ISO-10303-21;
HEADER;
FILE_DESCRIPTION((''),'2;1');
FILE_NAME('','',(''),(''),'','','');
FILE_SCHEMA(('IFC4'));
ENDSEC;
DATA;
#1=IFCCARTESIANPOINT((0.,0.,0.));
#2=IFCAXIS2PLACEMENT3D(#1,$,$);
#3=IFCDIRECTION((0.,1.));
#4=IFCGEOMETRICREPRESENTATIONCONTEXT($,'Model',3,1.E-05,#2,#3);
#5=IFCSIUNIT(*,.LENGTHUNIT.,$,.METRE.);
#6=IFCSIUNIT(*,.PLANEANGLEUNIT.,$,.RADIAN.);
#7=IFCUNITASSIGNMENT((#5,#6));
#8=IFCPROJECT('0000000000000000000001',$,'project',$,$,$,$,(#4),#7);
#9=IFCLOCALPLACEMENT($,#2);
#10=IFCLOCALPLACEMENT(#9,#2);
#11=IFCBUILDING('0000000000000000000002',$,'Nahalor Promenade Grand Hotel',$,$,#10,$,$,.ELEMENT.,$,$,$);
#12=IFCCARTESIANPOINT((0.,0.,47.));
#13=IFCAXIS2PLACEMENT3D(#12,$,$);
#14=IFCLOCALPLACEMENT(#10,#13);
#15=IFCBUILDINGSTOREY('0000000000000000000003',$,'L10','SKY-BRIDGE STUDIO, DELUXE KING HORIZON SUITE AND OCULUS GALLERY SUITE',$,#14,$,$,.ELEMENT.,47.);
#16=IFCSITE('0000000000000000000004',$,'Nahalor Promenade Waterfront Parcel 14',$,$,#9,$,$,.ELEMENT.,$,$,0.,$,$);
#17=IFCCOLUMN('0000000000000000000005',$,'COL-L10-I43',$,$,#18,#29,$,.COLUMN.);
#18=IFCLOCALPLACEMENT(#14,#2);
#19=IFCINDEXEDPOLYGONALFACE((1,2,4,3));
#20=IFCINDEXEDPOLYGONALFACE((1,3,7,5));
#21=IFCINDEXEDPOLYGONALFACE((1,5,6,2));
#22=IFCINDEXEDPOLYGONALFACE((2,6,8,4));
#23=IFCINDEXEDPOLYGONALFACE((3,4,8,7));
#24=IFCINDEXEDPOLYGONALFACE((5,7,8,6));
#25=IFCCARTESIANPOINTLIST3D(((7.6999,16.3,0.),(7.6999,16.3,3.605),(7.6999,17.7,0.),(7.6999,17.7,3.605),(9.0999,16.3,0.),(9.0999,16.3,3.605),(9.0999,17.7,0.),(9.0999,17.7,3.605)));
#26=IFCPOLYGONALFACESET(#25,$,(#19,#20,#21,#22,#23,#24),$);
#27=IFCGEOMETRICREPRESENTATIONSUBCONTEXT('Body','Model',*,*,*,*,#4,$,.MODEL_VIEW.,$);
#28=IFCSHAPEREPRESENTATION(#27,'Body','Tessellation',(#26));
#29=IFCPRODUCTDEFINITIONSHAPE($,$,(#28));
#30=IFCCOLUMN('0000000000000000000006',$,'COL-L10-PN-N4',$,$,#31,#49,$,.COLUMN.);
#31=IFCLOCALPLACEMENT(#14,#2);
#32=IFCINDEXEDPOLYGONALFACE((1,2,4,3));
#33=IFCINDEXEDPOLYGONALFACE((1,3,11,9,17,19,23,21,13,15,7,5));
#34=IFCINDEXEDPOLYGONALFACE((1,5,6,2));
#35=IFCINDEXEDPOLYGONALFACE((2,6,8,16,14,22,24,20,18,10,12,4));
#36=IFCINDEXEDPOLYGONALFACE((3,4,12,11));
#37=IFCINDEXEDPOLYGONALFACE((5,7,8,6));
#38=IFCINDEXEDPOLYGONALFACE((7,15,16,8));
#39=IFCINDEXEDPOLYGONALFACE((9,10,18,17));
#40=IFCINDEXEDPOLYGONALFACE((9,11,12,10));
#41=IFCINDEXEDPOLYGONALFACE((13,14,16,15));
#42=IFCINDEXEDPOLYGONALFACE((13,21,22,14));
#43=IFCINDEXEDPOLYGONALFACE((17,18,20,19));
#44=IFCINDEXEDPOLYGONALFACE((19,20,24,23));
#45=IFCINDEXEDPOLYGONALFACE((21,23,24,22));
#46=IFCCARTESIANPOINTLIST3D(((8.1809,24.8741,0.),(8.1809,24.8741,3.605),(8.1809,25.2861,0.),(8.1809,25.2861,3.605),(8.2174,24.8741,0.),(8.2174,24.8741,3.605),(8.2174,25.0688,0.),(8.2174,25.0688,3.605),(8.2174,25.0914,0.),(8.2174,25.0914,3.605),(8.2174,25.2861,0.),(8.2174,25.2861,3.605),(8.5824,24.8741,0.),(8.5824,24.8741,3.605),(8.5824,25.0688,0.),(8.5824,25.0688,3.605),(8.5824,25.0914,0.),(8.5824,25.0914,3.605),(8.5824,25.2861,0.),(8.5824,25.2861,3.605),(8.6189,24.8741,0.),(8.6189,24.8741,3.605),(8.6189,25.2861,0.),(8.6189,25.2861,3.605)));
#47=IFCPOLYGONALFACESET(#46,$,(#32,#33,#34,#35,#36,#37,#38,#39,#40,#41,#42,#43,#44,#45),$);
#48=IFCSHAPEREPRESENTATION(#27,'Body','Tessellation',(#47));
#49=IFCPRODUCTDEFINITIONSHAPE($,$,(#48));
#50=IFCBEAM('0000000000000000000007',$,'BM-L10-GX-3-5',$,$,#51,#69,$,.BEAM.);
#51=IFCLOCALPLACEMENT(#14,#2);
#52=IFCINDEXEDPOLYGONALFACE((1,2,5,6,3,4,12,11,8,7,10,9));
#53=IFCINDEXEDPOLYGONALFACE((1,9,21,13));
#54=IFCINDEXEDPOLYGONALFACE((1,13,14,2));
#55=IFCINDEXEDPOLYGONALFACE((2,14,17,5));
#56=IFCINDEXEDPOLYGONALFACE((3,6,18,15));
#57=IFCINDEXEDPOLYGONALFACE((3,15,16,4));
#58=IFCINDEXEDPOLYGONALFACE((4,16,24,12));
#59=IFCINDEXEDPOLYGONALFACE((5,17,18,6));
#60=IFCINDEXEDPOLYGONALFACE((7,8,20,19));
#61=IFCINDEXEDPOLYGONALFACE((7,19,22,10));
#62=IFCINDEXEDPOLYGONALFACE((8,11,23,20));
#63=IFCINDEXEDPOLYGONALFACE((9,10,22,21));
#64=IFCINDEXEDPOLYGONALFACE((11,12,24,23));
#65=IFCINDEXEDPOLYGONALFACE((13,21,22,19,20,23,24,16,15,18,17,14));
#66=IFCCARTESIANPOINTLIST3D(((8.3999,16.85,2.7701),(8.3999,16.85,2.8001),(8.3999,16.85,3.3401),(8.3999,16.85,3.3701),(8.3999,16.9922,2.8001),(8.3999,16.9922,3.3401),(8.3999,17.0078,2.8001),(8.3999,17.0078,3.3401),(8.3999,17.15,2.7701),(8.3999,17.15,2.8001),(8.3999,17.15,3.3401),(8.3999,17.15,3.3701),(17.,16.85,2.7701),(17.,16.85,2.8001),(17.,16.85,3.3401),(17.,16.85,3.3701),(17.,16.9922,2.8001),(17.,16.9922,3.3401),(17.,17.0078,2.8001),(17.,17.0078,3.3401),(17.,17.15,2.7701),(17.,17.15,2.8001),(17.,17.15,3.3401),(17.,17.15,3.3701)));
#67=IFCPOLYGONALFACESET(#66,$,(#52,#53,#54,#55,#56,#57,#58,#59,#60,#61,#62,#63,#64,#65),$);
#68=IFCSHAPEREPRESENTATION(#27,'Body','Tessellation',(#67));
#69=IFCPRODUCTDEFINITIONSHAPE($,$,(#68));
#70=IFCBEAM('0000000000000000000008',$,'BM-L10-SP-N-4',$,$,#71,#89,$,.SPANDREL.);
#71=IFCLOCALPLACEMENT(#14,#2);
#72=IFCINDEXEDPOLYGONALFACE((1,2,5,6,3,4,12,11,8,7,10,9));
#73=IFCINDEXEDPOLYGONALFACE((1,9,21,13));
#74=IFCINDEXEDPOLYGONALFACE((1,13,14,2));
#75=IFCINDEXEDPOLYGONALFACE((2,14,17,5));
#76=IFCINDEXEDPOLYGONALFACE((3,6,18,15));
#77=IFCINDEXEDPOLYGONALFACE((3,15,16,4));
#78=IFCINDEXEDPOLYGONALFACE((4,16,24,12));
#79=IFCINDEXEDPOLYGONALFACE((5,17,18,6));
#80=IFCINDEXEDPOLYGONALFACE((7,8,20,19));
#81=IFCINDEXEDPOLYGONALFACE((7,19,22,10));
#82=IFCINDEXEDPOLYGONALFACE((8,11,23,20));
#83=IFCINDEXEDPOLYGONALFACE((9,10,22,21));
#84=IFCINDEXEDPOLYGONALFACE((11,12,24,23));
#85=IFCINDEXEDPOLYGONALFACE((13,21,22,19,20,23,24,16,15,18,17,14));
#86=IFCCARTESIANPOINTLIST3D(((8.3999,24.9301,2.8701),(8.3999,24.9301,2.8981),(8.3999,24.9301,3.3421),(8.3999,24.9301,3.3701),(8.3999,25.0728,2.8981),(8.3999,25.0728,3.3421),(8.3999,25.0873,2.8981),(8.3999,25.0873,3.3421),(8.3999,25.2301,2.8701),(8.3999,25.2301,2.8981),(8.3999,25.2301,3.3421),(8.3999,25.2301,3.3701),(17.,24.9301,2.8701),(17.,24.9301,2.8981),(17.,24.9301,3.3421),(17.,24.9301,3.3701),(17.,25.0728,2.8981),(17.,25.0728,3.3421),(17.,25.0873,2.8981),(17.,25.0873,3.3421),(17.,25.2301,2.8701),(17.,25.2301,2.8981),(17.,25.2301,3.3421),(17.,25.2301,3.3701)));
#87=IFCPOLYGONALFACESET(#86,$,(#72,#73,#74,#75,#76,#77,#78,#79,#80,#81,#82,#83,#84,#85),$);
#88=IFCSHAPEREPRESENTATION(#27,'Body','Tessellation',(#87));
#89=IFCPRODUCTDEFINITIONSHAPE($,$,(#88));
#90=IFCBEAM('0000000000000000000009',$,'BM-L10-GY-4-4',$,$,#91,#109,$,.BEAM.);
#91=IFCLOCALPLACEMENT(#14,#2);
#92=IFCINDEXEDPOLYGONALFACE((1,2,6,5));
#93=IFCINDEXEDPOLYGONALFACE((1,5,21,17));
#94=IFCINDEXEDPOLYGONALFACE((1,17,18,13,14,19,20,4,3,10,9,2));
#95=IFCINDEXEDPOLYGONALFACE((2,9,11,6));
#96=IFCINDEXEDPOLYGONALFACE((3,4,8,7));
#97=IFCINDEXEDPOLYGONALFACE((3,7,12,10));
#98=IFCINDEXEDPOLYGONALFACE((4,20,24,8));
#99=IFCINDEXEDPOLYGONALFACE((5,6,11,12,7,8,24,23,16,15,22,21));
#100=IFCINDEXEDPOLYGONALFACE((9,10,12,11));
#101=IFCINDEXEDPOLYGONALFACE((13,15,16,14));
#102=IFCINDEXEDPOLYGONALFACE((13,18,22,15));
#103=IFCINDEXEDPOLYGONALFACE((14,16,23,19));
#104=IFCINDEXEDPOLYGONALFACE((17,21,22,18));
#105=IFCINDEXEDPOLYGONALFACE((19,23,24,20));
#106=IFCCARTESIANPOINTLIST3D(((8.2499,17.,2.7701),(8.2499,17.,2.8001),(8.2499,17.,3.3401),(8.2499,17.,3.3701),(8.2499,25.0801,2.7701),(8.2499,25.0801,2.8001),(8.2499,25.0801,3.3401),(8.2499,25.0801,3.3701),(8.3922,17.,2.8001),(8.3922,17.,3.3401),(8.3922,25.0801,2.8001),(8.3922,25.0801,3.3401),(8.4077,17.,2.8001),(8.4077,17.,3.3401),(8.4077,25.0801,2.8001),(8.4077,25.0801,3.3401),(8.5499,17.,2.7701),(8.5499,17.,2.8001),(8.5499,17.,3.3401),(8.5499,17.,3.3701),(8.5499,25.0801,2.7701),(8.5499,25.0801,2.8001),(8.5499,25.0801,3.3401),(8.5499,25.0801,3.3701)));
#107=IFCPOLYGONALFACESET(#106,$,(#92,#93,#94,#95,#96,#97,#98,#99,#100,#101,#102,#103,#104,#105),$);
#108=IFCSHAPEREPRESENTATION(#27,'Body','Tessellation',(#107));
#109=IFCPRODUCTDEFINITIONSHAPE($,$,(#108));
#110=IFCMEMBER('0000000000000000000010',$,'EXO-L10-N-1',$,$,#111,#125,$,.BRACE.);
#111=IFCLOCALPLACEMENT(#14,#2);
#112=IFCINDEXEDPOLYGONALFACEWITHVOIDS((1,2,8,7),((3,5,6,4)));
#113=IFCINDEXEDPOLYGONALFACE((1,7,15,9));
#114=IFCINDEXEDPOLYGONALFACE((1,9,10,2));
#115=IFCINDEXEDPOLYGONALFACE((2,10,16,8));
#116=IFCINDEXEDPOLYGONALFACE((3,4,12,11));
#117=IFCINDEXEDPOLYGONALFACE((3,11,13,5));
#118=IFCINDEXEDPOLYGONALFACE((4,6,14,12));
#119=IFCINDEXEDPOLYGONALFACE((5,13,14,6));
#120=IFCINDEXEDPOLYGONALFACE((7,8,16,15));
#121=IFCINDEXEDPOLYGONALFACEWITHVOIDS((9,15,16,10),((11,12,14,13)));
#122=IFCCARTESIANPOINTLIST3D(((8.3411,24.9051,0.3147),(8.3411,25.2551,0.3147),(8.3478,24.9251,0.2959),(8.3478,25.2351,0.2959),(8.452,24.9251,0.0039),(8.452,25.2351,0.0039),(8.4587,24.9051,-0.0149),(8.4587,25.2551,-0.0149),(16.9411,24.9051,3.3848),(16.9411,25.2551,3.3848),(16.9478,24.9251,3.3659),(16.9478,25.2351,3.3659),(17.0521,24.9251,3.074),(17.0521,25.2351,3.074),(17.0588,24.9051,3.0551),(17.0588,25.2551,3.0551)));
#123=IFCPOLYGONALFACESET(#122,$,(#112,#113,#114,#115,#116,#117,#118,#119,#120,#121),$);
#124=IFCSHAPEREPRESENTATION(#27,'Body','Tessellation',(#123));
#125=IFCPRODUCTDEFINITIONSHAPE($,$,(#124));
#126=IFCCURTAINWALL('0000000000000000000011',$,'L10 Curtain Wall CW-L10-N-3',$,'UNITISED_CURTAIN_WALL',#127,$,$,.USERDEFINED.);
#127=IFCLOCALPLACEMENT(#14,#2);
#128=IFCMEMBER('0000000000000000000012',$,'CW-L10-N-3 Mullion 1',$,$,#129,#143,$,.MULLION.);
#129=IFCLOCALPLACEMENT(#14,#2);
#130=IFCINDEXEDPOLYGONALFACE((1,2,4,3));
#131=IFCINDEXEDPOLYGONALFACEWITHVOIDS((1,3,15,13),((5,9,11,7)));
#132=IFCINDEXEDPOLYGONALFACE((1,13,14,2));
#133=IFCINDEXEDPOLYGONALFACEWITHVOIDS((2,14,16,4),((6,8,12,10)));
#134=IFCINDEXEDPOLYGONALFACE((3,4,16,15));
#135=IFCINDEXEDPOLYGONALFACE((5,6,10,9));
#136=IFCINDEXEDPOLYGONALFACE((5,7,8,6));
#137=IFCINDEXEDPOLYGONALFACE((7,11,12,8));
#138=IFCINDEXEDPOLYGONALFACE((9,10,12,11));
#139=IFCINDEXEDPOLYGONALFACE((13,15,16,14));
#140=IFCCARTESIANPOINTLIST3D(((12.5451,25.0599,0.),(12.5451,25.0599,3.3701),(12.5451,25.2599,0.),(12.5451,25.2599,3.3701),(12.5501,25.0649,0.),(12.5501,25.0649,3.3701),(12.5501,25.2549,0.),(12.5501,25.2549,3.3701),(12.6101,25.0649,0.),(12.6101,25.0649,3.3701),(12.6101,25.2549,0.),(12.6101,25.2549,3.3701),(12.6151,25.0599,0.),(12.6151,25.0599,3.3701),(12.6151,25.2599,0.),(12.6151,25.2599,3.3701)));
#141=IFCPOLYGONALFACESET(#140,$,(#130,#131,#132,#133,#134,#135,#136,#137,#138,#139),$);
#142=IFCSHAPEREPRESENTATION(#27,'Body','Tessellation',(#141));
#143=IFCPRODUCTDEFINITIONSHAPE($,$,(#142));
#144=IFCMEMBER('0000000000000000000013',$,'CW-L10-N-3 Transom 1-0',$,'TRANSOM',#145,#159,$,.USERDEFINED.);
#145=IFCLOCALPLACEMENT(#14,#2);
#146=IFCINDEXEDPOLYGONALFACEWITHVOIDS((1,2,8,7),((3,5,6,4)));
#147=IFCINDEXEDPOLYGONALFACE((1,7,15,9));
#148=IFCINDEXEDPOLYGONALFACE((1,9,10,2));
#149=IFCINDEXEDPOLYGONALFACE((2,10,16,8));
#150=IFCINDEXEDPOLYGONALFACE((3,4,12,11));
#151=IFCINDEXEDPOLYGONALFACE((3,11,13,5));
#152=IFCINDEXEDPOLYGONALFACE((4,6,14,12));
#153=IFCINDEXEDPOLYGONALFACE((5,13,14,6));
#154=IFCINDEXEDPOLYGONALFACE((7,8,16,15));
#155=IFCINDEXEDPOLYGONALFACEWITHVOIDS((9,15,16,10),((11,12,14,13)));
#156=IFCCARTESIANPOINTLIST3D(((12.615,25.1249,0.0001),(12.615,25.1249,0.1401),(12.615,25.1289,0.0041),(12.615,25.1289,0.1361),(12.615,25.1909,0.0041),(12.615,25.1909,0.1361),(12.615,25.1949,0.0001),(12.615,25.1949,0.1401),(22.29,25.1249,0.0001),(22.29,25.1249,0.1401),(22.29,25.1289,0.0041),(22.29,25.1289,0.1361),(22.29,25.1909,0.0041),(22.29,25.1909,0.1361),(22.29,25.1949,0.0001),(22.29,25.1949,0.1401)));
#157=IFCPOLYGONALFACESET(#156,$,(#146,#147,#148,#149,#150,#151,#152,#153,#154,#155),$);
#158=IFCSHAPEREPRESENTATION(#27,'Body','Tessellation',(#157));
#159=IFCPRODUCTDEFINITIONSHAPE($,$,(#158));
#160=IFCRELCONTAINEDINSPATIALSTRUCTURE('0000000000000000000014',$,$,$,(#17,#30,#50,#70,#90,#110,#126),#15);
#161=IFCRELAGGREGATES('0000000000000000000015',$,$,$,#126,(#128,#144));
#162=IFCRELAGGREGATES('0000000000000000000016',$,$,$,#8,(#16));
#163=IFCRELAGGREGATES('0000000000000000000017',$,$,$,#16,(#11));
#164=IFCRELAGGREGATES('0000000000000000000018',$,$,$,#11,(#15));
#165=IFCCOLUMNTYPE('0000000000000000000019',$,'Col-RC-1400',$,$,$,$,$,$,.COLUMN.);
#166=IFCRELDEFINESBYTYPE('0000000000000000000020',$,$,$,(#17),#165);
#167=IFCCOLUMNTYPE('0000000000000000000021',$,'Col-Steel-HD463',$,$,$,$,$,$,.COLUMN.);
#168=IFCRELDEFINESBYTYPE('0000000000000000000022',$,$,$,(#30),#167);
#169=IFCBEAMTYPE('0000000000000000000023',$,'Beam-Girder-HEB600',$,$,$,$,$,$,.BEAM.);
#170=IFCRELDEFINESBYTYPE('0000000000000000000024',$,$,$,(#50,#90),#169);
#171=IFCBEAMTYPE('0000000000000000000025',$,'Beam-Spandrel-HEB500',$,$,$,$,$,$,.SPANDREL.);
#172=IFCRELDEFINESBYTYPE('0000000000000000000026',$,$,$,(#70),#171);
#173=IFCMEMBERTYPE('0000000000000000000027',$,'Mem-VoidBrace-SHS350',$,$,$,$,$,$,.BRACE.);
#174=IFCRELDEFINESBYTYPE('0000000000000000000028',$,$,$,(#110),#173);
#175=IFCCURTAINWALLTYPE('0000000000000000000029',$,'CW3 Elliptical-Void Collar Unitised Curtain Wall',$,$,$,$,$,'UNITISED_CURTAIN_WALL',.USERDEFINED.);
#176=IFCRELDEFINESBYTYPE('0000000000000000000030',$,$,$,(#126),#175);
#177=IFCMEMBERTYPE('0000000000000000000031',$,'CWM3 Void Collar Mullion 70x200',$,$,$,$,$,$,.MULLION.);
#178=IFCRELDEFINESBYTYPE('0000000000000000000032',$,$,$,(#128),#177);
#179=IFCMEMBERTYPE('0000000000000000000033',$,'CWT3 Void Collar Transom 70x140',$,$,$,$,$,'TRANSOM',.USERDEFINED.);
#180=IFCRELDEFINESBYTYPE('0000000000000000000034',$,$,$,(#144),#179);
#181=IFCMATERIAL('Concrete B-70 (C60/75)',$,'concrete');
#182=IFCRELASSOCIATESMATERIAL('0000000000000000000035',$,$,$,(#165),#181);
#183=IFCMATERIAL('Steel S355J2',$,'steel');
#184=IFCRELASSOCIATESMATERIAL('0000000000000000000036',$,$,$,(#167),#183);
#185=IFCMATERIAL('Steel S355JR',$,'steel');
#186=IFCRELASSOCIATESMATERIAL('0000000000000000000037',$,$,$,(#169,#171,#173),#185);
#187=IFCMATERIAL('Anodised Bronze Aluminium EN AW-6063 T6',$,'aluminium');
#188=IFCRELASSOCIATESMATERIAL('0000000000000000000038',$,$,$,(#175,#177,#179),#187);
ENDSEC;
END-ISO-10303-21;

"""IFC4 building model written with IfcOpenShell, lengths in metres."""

from ifc_helpers import new_model, si_unit, direction, frame, origin, origin_2d, place, context, subcontext, project, spatial, rectangle, hollow_rectangle, i_section, extrude, source, transform, mapped, material, material_profile, profile_set, type_object, element, aggregate, save


model = new_model("IFC4")

# Units and contexts
model_context = context("Model", 3, precision=1e-05, world=origin(), true_north=direction((0.0, 1.0)))
body_context = subcontext(model_context, "Body", "Model", "MODEL_VIEW")
ifc_project = project(units=[si_unit("LENGTHUNIT", "METRE"), si_unit("PLANEANGLEUNIT", "RADIAN")], contexts=[model_context])

# Site, building, storey
site_placement = place(None, origin())
site = spatial("IfcSite", under=ifc_project, at=site_placement, Name="Nahalor Promenade Waterfront Parcel 14", CompositionType="ELEMENT", RefElevation=0.0)
building_placement = place(site_placement, origin())
building = spatial("IfcBuilding", under=site, at=building_placement, Name="Nahalor Promenade Grand Hotel", CompositionType="ELEMENT")
storey_placement = place(building_placement, frame((0.0, 0.0, 47.0)))
storey = spatial("IfcBuildingStorey", under=building, at=storey_placement, Name="L10", Description="SKY-BRIDGE STUDIO, DELUXE KING HORIZON SUITE AND OCULUS GALLERY SUITE", CompositionType="ELEMENT", Elevation=47.0)

# Columns
ifc_material_1 = material(Name="Concrete B-70 (C60/75)", Category="concrete")
ifc_material_profile_1 = material_profile(ifc_material_1, rectangle(XDim=1.4, YDim=1.4, at=origin_2d()), Name="RC 1400x1400")
ifc_profile_set_1 = profile_set([ifc_material_profile_1], Name="Concrete B-70 (C60/75)")
column_type_1 = type_object("IfcColumnType", Name="Col-RC-1400", PredefinedType="COLUMN", material=ifc_profile_set_1)
shared_shape_1 = source(origin(), body_context, "Body", "SweptSolid", [
    extrude(rectangle(XDim=1.4, YDim=1.4, at=origin_2d()), origin(), (0.0, 0.0, 1.0), 3.605),
])
column_1_placement = place(storey_placement, frame((8.3999, 17.0, 0.0), z_axis=(0.0, 0.0, 1.0), x_axis=(1.0, 0.0, 0.0)))
element("IfcColumn", 1, at=column_1_placement, inside=storey, type_object=column_type_1, Name="COL-L10-I43", PredefinedType="COLUMN", context=body_context, shape_type="MappedRepresentation", body=[
    mapped(shared_shape_1, transform((0.0, 0.0, 0.0), scale=1.0)),
])
ifc_material_2 = material(Name="Steel S355J2", Category="steel")
ifc_material_profile_2 = material_profile(ifc_material_2, i_section(OverallWidth=0.412, OverallDepth=0.438, WebThickness=0.0226, FlangeThickness=0.0365, at=origin_2d()), Name="HD 400x463")
ifc_profile_set_2 = profile_set([ifc_material_profile_2], Name="Steel S355J2")
column_type_2 = type_object("IfcColumnType", Name="Col-Steel-HD463", PredefinedType="COLUMN", material=ifc_profile_set_2)
shared_shape_2 = source(origin(), body_context, "Body", "SweptSolid", [
    extrude(i_section(OverallWidth=0.412, OverallDepth=0.438, WebThickness=0.0226, FlangeThickness=0.0365, at=origin_2d()), origin(), (0.0, 0.0, 1.0), 3.605),
])
column_2_placement = place(storey_placement, frame((8.3999, 25.0801, 0.0), z_axis=(0.0, 0.0, 1.0), x_axis=(0.0, 1.0, 0.0)))
element("IfcColumn", 2, at=column_2_placement, inside=storey, type_object=column_type_2, Name="COL-L10-PN-N4", PredefinedType="COLUMN", context=body_context, shape_type="MappedRepresentation", body=[
    mapped(shared_shape_2, transform((0.0, 0.0, 0.0), scale=1.0)),
])

# Beams
ifc_material_3 = material(Name="Steel S355JR", Category="steel")
ifc_material_profile_3 = material_profile(ifc_material_3, i_section(OverallWidth=0.3, OverallDepth=0.6, WebThickness=0.0155, FlangeThickness=0.03, at=origin_2d()), Name="HEB 600")
ifc_profile_set_3 = profile_set([ifc_material_profile_3], Name="Steel S355JR")
beam_type_1 = type_object("IfcBeamType", Name="Beam-Girder-HEB600", PredefinedType="BEAM", material=ifc_profile_set_3)
shared_shape_3 = source(origin(), body_context, "Body", "SweptSolid", [
    extrude(i_section(OverallWidth=0.3, OverallDepth=0.6, WebThickness=0.0155, FlangeThickness=0.03, at=origin_2d()), origin(), (0.0, 0.0, 1.0), 8.6001),
])
beam_1_placement = place(storey_placement, frame((8.3999, 17.0, 3.0701), z_axis=(1.0, 0.0, 0.0), x_axis=(0.0, 1.0, 0.0)))
element("IfcBeam", 3, at=beam_1_placement, inside=storey, type_object=beam_type_1, Name="BM-L10-GX-3-5", PredefinedType="BEAM", context=body_context, shape_type="MappedRepresentation", body=[
    mapped(shared_shape_3, transform((0.0, 0.0, 0.0), scale=1.0)),
])
ifc_material_profile_4 = material_profile(ifc_material_3, i_section(OverallWidth=0.3, OverallDepth=0.5, WebThickness=0.0145, FlangeThickness=0.028, at=origin_2d()), Name="HEB 500")
ifc_profile_set_4 = profile_set([ifc_material_profile_4], Name="Steel S355JR")
beam_type_2 = type_object("IfcBeamType", Name="Beam-Spandrel-HEB500", PredefinedType="SPANDREL", material=ifc_profile_set_4)
shared_shape_4 = source(origin(), body_context, "Body", "SweptSolid", [
    extrude(i_section(OverallWidth=0.3, OverallDepth=0.5, WebThickness=0.0145, FlangeThickness=0.028, at=origin_2d()), origin(), (0.0, 0.0, 1.0), 8.6001),
])
beam_2_placement = place(storey_placement, frame((8.3999, 25.0801, 3.1201), z_axis=(1.0, 0.0, 0.0), x_axis=(0.0, 1.0, 0.0)))
element("IfcBeam", 4, at=beam_2_placement, inside=storey, type_object=beam_type_2, Name="BM-L10-SP-N-4", PredefinedType="SPANDREL", context=body_context, shape_type="MappedRepresentation", body=[
    mapped(shared_shape_4, transform((0.0, 0.0, 0.0), scale=1.0)),
])
shared_shape_5 = source(origin(), body_context, "Body", "SweptSolid", [
    extrude(i_section(OverallWidth=0.3, OverallDepth=0.6, WebThickness=0.0155, FlangeThickness=0.03, at=origin_2d()), origin(), (0.0, 0.0, 1.0), 8.0801),
])
beam_3_placement = place(storey_placement, frame((8.3999, 17.0, 3.0701), z_axis=(0.0, 1.0, 0.0), x_axis=(-1.0, 0.0, 0.0)))
element("IfcBeam", 5, at=beam_3_placement, inside=storey, type_object=beam_type_1, Name="BM-L10-GY-4-4", PredefinedType="BEAM", context=body_context, shape_type="MappedRepresentation", body=[
    mapped(shared_shape_5, transform((0.0, 0.0, 0.0), scale=1.0)),
])

# Member
ifc_material_profile_5 = material_profile(ifc_material_3, hollow_rectangle(XDim=0.35, YDim=0.35, WallThickness=0.02, at=origin_2d()), Name="SHS 350x350x20")
ifc_profile_set_5 = profile_set([ifc_material_profile_5], Name="Steel S355JR")
member_type_1 = type_object("IfcMemberType", Name="Mem-VoidBrace-SHS350", PredefinedType="BRACE", material=ifc_profile_set_5)
shared_shape_6 = source(origin(), body_context, "Body", "SweptSolid", [
    extrude(hollow_rectangle(XDim=0.35, YDim=0.35, WallThickness=0.02, at=origin_2d()), origin(), (0.0, 0.0, 1.0), 9.1316),
])
member_1_placement = place(storey_placement, frame((8.3999, 25.0801, 0.1499), z_axis=(0.94179, 0.0, 0.336201), x_axis=(0.0, 1.0, 0.0)))
element("IfcMember", 6, at=member_1_placement, inside=storey, type_object=member_type_1, Name="EXO-L10-N-1", PredefinedType="BRACE", context=body_context, shape_type="MappedRepresentation", body=[
    mapped(shared_shape_6, transform((0.0, 0.0, 0.0), scale=1.0)),
])

# Curtain wall, members
ifc_material_4 = material(Name="Anodised Bronze Aluminium EN AW-6063 T6", Category="aluminium")
curtain_wall_type = type_object("IfcCurtainWallType", Name="CW3 Elliptical-Void Collar Unitised Curtain Wall", ElementType="UNITISED_CURTAIN_WALL", PredefinedType="USERDEFINED", material=ifc_material_4)
curtain_wall_placement = place(storey_placement, origin())
curtain_wall = element("IfcCurtainWall", 7, at=curtain_wall_placement, inside=storey, type_object=curtain_wall_type, Name="L10 Curtain Wall CW-L10-N-3", ObjectType="UNITISED_CURTAIN_WALL", PredefinedType="USERDEFINED")
ifc_material_profile_6 = material_profile(ifc_material_4, hollow_rectangle(XDim=0.07, YDim=0.2, WallThickness=0.005, at=origin_2d()), Name="CWM 70x200x5")
ifc_profile_set_6 = profile_set([ifc_material_profile_6], Name="Anodised Bronze Aluminium EN AW-6063 T6")
member_type_2 = type_object("IfcMemberType", Name="CWM3 Void Collar Mullion 70x200", PredefinedType="MULLION", material=ifc_profile_set_6)
shared_shape_7 = source(origin(), body_context, "Body", "SweptSolid", [
    extrude(hollow_rectangle(XDim=0.07, YDim=0.2, WallThickness=0.005, at=origin_2d()), origin(), (0.0, 0.0, 1.0), 3.3701),
])
member_2_placement = place(storey_placement, frame((12.5801, 25.1599, 0.0), z_axis=(0.0, 0.0, 1.0), x_axis=(1.0, 0.0, 0.0)))
member_2 = element("IfcMember", 8, at=member_2_placement, type_object=member_type_2, Name="CW-L10-N-3 Mullion 1", PredefinedType="MULLION", context=body_context, shape_type="MappedRepresentation", body=[
    mapped(shared_shape_7, transform((0.0, 0.0, 0.0), scale=1.0)),
])
ifc_material_profile_7 = material_profile(ifc_material_4, hollow_rectangle(XDim=0.07, YDim=0.14, WallThickness=0.004, at=origin_2d()), Name="CWT 70x140x4")
ifc_profile_set_7 = profile_set([ifc_material_profile_7], Name="Anodised Bronze Aluminium EN AW-6063 T6")
member_type_3 = type_object("IfcMemberType", Name="CWT3 Void Collar Transom 70x140", ElementType="TRANSOM", PredefinedType="USERDEFINED", material=ifc_profile_set_7)
shared_shape_8 = source(origin(), body_context, "Body", "SweptSolid", [
    extrude(hollow_rectangle(XDim=0.07, YDim=0.14, WallThickness=0.004, at=origin_2d()), origin(), (0.0, 0.0, 1.0), 9.675),
])
member_3_placement = place(storey_placement, frame((12.615, 25.1599, 0.0701), z_axis=(1.0, 0.0, 0.0), x_axis=(0.0, 1.0, 0.0)))
member_3 = element("IfcMember", 9, at=member_3_placement, type_object=member_type_3, Name="CW-L10-N-3 Transom 1-0", ObjectType="TRANSOM", PredefinedType="USERDEFINED", context=body_context, shape_type="MappedRepresentation", body=[
    mapped(shared_shape_8, transform((0.0, 0.0, 0.0), scale=1.0)),
])
aggregate(curtain_wall, [member_2, member_3])

save(model, "model.ifc")
